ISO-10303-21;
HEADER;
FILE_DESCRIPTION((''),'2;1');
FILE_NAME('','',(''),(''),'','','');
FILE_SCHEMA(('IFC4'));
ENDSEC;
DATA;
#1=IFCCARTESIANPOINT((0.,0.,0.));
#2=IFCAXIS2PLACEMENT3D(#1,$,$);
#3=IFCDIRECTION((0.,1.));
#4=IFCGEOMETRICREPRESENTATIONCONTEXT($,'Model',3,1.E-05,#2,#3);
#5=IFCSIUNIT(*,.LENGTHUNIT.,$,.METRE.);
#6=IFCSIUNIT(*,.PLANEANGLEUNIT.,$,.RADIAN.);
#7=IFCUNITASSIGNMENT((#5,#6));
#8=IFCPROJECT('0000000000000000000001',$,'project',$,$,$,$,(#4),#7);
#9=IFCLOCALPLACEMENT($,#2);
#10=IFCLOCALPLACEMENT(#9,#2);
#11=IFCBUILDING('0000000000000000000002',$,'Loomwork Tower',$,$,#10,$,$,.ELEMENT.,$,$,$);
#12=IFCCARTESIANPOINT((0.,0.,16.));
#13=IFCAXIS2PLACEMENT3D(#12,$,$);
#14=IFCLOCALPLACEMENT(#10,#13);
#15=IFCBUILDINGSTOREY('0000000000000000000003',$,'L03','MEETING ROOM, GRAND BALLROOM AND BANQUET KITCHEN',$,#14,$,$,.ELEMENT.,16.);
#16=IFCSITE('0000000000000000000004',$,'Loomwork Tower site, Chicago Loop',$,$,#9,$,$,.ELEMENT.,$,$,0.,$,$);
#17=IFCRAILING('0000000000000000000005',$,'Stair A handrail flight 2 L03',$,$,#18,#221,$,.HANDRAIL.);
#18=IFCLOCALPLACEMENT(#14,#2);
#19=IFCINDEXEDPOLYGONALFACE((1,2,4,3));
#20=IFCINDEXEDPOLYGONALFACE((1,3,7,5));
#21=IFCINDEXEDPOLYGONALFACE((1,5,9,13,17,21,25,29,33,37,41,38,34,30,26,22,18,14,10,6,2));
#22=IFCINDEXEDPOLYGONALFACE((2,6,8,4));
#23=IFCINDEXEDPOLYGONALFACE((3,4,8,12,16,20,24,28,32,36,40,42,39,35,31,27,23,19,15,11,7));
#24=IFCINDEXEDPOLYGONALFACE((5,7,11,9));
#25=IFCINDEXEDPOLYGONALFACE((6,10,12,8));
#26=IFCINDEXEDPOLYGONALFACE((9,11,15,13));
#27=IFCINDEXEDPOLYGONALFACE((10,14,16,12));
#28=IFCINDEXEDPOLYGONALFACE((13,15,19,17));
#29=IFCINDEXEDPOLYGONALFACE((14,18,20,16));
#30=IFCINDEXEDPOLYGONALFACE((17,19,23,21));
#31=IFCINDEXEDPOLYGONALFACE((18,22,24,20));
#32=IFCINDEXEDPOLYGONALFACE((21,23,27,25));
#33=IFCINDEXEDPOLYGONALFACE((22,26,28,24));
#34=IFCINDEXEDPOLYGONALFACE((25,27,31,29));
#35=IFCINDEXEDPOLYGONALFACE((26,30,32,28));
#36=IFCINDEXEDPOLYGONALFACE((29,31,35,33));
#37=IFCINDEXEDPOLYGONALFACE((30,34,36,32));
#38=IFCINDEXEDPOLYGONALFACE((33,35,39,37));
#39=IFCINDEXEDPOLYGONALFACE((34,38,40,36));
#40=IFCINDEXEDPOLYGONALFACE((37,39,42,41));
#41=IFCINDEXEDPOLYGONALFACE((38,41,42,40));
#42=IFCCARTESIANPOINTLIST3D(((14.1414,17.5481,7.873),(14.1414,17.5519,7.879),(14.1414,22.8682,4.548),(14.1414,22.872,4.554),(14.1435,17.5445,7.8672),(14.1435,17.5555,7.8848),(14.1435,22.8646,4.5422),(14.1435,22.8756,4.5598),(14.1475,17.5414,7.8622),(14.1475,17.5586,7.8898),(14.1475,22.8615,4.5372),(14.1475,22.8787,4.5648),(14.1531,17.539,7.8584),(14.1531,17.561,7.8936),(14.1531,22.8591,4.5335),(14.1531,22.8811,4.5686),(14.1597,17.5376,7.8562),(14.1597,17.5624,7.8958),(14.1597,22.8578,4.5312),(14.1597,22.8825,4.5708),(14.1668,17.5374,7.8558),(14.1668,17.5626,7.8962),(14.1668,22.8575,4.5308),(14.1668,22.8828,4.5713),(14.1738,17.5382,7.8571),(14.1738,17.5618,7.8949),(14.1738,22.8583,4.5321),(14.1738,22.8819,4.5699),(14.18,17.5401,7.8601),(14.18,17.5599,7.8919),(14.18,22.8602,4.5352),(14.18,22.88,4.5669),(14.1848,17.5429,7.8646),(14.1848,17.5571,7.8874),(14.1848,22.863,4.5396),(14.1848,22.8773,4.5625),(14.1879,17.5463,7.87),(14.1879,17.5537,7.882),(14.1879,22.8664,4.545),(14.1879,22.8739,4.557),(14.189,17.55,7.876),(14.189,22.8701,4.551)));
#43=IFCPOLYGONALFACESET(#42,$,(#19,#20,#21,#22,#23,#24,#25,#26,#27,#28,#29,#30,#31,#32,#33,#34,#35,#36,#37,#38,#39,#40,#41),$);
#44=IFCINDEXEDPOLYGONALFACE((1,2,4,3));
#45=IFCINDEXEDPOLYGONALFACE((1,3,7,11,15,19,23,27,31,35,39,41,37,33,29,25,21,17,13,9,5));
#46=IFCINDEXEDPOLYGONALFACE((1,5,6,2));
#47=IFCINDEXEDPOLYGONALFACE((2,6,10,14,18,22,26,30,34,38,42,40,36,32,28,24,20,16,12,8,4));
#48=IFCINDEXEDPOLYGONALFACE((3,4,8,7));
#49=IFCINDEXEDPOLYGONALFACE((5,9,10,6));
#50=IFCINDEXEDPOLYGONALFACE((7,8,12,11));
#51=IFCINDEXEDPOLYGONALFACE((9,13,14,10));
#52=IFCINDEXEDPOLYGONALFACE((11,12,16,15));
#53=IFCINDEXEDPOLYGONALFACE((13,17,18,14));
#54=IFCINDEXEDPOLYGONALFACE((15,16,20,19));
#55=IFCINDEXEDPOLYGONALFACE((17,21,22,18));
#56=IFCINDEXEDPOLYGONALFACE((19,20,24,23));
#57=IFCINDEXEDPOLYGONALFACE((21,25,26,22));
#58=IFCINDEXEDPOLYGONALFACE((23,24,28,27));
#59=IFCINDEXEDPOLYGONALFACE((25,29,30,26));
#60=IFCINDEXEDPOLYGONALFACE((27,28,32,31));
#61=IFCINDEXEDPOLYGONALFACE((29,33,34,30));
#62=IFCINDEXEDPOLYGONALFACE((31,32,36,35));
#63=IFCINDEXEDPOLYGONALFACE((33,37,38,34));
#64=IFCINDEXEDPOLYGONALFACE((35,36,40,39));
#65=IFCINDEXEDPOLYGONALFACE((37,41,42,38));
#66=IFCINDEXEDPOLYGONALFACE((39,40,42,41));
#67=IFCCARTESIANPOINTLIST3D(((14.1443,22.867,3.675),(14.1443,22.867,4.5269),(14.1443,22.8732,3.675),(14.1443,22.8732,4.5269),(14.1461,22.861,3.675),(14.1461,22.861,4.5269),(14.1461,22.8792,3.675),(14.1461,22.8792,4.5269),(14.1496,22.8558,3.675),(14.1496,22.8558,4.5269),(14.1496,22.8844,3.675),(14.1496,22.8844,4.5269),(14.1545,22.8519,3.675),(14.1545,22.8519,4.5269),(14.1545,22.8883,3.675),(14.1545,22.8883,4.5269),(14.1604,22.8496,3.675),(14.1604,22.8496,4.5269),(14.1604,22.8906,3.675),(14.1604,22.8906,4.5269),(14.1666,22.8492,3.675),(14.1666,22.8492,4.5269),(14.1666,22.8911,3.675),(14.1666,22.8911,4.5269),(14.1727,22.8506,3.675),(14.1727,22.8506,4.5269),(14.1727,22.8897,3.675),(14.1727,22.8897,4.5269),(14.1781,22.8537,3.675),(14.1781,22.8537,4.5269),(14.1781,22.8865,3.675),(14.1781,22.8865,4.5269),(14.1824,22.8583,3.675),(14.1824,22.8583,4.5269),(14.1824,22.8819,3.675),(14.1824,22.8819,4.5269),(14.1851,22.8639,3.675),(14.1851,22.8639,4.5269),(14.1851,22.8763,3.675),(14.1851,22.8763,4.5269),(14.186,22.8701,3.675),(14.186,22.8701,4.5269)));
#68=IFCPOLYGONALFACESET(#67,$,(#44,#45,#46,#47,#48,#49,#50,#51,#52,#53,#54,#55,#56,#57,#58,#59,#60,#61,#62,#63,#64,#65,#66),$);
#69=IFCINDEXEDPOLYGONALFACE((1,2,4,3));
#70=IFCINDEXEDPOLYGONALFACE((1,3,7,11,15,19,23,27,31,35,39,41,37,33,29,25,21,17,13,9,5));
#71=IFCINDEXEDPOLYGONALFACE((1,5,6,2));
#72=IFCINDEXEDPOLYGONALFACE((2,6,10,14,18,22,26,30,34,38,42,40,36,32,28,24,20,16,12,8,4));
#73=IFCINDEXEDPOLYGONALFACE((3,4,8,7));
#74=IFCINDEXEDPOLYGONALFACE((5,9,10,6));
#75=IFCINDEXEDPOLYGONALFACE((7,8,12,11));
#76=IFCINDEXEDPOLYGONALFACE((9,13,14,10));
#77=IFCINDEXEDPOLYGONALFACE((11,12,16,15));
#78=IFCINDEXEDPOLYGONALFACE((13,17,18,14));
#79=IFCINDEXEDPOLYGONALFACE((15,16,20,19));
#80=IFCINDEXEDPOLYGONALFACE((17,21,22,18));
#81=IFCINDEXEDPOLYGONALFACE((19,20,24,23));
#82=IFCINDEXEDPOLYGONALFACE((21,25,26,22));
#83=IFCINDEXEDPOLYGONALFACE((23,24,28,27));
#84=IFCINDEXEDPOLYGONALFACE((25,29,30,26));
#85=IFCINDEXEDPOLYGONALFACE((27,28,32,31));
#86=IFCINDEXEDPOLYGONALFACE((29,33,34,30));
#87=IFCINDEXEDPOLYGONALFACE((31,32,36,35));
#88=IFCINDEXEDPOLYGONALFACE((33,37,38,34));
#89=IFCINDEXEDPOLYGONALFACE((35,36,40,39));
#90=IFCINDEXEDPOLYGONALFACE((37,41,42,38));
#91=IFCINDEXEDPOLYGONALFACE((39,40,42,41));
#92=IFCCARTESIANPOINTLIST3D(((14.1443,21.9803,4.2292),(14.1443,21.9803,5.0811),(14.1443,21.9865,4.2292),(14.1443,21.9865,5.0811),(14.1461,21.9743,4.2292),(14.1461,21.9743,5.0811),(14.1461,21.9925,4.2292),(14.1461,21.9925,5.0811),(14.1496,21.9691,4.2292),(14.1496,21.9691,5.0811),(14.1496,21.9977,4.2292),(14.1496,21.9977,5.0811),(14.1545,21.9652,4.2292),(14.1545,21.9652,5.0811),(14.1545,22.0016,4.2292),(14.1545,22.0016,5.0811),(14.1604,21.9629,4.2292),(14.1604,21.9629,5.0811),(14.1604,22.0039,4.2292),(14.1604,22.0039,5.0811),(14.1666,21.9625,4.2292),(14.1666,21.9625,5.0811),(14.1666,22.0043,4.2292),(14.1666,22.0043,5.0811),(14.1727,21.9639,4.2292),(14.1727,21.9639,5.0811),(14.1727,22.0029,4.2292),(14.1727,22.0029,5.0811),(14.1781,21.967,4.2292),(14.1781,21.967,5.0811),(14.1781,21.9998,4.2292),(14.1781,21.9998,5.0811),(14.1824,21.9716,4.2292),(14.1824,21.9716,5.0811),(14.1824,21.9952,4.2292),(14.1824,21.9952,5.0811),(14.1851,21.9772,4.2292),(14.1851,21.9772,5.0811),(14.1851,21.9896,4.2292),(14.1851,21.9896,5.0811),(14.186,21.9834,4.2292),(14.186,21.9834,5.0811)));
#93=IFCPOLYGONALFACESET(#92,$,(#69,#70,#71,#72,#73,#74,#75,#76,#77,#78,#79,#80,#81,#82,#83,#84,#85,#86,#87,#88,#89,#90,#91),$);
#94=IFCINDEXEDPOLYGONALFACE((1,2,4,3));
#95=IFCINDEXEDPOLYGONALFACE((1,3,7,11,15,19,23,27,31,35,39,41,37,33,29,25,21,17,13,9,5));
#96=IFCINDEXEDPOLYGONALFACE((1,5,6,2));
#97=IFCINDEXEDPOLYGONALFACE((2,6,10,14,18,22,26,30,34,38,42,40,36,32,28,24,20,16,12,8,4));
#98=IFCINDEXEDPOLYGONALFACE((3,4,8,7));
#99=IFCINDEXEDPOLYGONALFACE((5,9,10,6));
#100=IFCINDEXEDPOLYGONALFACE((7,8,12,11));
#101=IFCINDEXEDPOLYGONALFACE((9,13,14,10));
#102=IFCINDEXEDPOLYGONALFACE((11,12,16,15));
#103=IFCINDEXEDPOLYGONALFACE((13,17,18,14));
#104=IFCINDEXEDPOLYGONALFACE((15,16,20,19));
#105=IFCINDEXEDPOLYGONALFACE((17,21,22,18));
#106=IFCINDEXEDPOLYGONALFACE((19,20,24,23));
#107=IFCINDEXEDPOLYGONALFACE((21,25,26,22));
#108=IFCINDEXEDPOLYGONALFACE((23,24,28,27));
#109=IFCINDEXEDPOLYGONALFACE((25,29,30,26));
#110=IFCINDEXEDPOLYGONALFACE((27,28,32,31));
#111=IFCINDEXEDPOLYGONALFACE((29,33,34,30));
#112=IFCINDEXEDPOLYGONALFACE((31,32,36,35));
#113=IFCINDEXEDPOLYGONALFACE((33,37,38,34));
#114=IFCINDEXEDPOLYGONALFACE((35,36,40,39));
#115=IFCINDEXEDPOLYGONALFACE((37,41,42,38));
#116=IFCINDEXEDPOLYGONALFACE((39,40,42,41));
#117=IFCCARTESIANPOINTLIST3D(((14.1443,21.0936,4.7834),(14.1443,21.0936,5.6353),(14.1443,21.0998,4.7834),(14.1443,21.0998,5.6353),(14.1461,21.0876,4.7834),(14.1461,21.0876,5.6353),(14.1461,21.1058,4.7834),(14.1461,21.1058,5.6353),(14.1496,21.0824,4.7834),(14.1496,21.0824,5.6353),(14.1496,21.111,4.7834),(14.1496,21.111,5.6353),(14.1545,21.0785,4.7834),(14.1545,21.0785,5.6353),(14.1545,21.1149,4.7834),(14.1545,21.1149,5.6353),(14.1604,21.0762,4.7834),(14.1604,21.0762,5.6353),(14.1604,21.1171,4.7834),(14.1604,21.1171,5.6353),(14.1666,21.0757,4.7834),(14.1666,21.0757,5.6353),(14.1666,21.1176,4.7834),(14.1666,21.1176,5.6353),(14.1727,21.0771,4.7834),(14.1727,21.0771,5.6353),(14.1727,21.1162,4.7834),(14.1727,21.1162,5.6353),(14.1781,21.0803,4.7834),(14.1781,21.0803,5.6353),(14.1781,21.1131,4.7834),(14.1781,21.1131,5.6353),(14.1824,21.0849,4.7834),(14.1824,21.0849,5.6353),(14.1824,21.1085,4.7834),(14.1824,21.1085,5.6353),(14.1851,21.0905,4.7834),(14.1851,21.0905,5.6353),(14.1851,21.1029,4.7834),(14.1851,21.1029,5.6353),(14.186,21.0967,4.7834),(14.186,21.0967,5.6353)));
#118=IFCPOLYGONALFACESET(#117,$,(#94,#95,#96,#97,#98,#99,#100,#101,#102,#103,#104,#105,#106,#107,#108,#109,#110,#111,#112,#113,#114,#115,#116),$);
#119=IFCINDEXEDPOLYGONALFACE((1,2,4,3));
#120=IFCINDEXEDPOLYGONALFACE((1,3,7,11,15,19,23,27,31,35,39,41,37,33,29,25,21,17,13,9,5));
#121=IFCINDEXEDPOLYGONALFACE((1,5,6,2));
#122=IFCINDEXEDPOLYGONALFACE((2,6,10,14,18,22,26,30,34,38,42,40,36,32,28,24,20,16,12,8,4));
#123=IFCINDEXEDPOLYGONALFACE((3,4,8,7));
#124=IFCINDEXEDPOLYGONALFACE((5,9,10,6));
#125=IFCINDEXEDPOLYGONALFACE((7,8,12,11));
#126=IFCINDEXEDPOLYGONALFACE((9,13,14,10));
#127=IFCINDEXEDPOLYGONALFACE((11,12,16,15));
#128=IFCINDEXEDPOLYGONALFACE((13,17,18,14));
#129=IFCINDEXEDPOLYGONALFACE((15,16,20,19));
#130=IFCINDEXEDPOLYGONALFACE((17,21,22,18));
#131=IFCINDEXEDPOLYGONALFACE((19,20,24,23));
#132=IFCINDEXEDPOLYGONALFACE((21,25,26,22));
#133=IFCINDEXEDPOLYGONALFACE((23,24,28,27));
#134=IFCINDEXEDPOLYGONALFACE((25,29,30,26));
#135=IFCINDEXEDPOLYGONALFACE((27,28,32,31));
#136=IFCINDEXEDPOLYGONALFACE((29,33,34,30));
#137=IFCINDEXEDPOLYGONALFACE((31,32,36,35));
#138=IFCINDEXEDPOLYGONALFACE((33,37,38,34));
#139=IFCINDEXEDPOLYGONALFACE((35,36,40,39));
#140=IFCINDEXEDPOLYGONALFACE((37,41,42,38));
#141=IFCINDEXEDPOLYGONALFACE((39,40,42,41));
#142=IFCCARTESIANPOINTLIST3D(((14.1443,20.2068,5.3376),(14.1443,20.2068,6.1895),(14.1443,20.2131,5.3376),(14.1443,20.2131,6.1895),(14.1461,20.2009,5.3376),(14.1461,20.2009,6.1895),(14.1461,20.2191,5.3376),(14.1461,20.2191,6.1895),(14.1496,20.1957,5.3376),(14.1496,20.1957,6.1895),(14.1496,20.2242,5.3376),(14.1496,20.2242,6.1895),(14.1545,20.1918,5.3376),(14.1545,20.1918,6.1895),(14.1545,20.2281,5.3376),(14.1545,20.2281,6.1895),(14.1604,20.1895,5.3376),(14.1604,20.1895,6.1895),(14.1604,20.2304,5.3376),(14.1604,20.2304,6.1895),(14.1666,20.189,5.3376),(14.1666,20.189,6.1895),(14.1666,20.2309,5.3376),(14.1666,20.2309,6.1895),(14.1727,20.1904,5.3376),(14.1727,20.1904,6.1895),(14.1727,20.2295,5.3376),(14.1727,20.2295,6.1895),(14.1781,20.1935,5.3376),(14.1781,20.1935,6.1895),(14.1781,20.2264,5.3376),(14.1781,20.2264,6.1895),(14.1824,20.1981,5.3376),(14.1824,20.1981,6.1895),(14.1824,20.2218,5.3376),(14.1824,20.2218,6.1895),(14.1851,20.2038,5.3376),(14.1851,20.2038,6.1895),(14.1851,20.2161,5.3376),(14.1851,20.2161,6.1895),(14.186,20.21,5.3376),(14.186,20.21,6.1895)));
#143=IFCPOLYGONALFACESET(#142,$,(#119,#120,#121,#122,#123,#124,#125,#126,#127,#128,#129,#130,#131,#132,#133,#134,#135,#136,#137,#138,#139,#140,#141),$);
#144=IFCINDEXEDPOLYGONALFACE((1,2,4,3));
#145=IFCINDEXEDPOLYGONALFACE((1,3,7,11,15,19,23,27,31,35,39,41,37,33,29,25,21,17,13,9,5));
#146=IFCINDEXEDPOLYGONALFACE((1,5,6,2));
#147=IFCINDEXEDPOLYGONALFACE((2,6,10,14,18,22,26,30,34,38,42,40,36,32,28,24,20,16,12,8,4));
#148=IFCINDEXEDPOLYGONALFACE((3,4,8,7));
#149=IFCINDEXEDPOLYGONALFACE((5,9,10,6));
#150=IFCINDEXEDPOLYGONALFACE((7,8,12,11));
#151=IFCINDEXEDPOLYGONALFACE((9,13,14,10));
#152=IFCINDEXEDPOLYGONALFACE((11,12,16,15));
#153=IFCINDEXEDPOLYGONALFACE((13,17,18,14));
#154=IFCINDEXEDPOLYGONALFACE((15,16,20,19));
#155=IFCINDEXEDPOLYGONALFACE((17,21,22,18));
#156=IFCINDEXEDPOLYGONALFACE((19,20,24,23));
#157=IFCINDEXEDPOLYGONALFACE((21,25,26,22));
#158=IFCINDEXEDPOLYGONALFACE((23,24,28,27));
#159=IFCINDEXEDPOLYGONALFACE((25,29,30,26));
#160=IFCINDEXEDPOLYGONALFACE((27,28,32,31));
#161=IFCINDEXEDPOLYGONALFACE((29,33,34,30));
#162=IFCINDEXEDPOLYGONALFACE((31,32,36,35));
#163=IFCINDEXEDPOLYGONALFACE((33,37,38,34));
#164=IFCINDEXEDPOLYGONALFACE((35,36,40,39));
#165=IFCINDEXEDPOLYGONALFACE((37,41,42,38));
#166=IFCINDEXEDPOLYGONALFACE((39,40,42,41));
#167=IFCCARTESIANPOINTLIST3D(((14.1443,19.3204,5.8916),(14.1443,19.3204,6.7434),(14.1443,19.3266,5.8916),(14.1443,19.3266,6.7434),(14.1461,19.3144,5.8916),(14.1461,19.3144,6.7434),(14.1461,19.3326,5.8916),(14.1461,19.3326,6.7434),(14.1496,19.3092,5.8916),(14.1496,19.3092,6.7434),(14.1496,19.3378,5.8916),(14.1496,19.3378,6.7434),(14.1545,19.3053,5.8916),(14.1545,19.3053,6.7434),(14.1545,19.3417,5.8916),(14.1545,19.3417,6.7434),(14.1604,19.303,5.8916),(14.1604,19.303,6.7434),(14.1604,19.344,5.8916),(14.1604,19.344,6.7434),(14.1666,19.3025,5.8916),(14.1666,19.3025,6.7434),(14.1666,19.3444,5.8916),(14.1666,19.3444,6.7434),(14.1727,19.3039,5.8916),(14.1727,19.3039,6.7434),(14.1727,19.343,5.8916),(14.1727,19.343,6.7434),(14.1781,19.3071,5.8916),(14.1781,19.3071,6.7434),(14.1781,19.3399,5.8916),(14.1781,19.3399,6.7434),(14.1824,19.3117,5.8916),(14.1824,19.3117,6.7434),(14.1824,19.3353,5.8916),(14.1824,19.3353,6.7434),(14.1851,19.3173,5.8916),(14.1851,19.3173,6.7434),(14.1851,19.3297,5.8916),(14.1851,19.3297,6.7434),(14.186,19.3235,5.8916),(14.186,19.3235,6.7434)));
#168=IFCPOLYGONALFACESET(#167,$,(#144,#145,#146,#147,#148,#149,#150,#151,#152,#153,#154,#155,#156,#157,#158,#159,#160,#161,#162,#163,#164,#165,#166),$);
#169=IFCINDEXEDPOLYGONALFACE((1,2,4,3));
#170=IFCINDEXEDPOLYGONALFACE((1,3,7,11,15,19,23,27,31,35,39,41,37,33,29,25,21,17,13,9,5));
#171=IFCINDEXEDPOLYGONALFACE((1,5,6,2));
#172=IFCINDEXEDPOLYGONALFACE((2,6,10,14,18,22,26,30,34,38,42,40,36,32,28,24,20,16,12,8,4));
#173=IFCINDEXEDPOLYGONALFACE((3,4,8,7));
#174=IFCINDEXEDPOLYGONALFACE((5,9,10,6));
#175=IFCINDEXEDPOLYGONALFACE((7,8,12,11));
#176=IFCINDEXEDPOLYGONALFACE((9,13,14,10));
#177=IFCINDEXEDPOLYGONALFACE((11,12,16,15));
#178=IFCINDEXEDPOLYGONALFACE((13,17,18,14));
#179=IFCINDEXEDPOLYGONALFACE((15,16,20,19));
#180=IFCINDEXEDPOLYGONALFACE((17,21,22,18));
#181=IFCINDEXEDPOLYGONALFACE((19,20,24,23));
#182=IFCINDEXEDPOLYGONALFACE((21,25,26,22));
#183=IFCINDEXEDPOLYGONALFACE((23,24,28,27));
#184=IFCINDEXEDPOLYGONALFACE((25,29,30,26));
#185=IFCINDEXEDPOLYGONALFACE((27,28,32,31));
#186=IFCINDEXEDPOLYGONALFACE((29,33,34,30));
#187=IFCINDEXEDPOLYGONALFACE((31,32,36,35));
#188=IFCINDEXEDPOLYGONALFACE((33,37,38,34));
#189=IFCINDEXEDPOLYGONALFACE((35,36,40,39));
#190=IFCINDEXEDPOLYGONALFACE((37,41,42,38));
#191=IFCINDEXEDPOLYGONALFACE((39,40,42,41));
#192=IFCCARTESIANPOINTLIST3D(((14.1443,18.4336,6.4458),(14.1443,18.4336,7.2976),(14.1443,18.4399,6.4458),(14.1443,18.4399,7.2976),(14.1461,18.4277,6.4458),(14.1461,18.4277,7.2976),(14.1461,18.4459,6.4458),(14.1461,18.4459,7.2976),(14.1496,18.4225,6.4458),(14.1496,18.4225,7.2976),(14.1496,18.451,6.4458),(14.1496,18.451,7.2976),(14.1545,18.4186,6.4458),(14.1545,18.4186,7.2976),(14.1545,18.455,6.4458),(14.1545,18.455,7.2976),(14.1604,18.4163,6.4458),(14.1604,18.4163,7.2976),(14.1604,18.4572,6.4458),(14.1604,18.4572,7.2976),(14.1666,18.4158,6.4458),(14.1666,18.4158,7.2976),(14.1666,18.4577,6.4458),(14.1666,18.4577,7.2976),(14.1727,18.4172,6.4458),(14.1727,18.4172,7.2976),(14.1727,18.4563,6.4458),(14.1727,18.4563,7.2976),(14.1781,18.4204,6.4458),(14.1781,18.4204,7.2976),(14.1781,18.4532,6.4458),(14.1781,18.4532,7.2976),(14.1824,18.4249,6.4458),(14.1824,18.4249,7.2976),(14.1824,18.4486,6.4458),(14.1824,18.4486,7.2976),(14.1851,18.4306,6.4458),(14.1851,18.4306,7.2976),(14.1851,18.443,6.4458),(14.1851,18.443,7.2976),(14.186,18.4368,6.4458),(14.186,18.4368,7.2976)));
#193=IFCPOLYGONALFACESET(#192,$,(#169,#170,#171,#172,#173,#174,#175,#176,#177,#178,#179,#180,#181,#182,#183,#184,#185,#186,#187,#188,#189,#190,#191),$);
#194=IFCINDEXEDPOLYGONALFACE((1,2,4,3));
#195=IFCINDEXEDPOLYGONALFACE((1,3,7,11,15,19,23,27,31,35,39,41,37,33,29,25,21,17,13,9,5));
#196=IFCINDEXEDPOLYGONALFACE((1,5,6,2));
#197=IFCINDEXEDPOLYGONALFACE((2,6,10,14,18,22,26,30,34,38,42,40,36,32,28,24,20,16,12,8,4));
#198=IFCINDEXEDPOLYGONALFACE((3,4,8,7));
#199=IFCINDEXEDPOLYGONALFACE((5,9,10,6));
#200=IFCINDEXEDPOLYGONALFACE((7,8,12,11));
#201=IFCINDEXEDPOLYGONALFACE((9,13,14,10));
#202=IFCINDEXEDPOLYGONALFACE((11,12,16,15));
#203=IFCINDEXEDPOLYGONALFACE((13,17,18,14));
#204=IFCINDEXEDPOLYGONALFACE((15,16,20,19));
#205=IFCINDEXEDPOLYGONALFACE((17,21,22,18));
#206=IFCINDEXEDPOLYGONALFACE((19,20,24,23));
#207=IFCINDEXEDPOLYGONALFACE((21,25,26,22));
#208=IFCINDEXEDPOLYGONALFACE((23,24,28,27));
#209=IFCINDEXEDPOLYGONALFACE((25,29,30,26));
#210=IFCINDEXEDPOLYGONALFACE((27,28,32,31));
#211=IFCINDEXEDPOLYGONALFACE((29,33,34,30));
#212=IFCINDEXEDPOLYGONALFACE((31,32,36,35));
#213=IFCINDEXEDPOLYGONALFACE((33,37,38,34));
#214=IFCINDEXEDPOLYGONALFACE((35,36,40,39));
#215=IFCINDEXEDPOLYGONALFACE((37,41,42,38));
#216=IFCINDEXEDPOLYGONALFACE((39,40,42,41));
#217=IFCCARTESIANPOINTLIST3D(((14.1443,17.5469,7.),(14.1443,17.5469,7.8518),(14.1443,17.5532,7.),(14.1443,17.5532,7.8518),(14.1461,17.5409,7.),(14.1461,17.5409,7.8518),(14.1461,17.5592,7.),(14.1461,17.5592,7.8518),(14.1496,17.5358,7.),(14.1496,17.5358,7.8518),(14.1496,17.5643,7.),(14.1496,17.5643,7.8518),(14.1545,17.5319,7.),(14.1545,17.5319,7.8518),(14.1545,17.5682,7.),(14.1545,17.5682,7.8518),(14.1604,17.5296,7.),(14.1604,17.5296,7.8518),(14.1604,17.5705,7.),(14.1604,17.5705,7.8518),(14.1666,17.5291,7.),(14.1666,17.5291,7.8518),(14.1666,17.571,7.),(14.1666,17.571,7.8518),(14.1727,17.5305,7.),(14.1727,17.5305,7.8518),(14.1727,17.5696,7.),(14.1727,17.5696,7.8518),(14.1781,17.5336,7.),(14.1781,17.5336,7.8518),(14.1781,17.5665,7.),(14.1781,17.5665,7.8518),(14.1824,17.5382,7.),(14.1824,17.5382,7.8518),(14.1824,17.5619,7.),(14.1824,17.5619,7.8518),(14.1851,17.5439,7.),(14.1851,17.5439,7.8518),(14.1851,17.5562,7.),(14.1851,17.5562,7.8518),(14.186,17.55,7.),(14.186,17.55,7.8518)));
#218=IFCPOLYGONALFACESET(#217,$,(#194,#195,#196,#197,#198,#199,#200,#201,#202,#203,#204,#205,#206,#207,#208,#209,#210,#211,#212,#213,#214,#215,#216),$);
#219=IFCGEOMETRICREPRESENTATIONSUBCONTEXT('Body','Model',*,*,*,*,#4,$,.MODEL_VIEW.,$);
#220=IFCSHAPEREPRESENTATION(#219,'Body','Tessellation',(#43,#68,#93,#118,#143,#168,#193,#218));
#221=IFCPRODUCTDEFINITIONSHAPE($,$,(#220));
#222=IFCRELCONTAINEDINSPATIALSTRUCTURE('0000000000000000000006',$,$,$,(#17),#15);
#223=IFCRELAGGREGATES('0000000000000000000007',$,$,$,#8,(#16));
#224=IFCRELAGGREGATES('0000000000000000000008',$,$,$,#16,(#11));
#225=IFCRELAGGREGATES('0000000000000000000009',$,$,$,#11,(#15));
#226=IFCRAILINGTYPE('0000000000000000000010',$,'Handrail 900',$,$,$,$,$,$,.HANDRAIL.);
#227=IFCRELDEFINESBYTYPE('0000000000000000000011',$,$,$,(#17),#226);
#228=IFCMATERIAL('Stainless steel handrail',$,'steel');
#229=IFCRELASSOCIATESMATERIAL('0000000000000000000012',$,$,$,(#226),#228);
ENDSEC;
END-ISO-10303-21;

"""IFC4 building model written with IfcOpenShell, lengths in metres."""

from ifc_helpers import new_model, si_unit, direction, frame, origin, origin_2d, place, context, subcontext, project, spatial, circle, extrude, material, type_object, element, save


model = new_model("IFC4")

# Units and contexts
model_context = context("Model", 3, precision=1e-05, world=origin(), true_north=direction((0.0, 1.0)))
body_context = subcontext(model_context, "Body", "Model", "MODEL_VIEW")
ifc_project = project(units=[si_unit("LENGTHUNIT", "METRE"), si_unit("PLANEANGLEUNIT", "RADIAN")], contexts=[model_context])

# Site, building, storey
site_placement = place(None, origin())
site = spatial("IfcSite", under=ifc_project, at=site_placement, Name="Loomwork Tower site, Chicago Loop", CompositionType="ELEMENT", RefElevation=0.0)
building_placement = place(site_placement, origin())
building = spatial("IfcBuilding", under=site, at=building_placement, Name="Loomwork Tower", CompositionType="ELEMENT")
storey_placement = place(building_placement, frame((0.0, 0.0, 16.0)))
storey = spatial("IfcBuildingStorey", under=building, at=storey_placement, Name="L03", Description="MEETING ROOM, GRAND BALLROOM AND BANQUET KITCHEN", CompositionType="ELEMENT", Elevation=16.0)

# Railing
ifc_material_1 = material(Name="Stainless steel handrail", Category="steel")
railing_type = type_object("IfcRailingType", Name="Handrail 900", PredefinedType="HANDRAIL", material=ifc_material_1)
railing_1_placement = place(storey_placement, frame((14.165, 22.8701, 3.675)))
element("IfcRailing", 1, at=railing_1_placement, inside=storey, type_object=railing_type, Name="Stair A handrail flight 2 L03", PredefinedType="HANDRAIL", context=body_context, shape_type="SweptSolid", body=[
    extrude(circle(Radius=0.0239, at=origin_2d()), frame((0.0, 0.0, 0.876), z_axis=(0.0, -0.848005, 0.529988), x_axis=(1.0, 0.0, 0.0)), (0.0, 0.0, 1.0), 6.2737),
    extrude(circle(Radius=0.021, at=origin_2d()), origin(), (0.0, 0.0, 1.0), 0.8518),
    extrude(circle(Radius=0.021, at=origin_2d()), frame((0.0, -0.8867, 0.5542)), (0.0, 0.0, 1.0), 0.8518),
    extrude(circle(Radius=0.021, at=origin_2d()), frame((0.0, -1.7734, 1.1084)), (0.0, 0.0, 1.0), 0.8518),
    extrude(circle(Radius=0.021, at=origin_2d()), frame((0.0, -2.6602, 1.6626)), (0.0, 0.0, 1.0), 0.8518),
    extrude(circle(Radius=0.021, at=origin_2d()), frame((0.0, -3.5466, 2.2166)), (0.0, 0.0, 1.0), 0.8518),
    extrude(circle(Radius=0.021, at=origin_2d()), frame((0.0, -4.4333, 2.7708)), (0.0, 0.0, 1.0), 0.8518),
    extrude(circle(Radius=0.021, at=origin_2d()), frame((0.0, -5.3201, 3.325)), (0.0, 0.0, 1.0), 0.8518),
])

save(model, "model.ifc")
